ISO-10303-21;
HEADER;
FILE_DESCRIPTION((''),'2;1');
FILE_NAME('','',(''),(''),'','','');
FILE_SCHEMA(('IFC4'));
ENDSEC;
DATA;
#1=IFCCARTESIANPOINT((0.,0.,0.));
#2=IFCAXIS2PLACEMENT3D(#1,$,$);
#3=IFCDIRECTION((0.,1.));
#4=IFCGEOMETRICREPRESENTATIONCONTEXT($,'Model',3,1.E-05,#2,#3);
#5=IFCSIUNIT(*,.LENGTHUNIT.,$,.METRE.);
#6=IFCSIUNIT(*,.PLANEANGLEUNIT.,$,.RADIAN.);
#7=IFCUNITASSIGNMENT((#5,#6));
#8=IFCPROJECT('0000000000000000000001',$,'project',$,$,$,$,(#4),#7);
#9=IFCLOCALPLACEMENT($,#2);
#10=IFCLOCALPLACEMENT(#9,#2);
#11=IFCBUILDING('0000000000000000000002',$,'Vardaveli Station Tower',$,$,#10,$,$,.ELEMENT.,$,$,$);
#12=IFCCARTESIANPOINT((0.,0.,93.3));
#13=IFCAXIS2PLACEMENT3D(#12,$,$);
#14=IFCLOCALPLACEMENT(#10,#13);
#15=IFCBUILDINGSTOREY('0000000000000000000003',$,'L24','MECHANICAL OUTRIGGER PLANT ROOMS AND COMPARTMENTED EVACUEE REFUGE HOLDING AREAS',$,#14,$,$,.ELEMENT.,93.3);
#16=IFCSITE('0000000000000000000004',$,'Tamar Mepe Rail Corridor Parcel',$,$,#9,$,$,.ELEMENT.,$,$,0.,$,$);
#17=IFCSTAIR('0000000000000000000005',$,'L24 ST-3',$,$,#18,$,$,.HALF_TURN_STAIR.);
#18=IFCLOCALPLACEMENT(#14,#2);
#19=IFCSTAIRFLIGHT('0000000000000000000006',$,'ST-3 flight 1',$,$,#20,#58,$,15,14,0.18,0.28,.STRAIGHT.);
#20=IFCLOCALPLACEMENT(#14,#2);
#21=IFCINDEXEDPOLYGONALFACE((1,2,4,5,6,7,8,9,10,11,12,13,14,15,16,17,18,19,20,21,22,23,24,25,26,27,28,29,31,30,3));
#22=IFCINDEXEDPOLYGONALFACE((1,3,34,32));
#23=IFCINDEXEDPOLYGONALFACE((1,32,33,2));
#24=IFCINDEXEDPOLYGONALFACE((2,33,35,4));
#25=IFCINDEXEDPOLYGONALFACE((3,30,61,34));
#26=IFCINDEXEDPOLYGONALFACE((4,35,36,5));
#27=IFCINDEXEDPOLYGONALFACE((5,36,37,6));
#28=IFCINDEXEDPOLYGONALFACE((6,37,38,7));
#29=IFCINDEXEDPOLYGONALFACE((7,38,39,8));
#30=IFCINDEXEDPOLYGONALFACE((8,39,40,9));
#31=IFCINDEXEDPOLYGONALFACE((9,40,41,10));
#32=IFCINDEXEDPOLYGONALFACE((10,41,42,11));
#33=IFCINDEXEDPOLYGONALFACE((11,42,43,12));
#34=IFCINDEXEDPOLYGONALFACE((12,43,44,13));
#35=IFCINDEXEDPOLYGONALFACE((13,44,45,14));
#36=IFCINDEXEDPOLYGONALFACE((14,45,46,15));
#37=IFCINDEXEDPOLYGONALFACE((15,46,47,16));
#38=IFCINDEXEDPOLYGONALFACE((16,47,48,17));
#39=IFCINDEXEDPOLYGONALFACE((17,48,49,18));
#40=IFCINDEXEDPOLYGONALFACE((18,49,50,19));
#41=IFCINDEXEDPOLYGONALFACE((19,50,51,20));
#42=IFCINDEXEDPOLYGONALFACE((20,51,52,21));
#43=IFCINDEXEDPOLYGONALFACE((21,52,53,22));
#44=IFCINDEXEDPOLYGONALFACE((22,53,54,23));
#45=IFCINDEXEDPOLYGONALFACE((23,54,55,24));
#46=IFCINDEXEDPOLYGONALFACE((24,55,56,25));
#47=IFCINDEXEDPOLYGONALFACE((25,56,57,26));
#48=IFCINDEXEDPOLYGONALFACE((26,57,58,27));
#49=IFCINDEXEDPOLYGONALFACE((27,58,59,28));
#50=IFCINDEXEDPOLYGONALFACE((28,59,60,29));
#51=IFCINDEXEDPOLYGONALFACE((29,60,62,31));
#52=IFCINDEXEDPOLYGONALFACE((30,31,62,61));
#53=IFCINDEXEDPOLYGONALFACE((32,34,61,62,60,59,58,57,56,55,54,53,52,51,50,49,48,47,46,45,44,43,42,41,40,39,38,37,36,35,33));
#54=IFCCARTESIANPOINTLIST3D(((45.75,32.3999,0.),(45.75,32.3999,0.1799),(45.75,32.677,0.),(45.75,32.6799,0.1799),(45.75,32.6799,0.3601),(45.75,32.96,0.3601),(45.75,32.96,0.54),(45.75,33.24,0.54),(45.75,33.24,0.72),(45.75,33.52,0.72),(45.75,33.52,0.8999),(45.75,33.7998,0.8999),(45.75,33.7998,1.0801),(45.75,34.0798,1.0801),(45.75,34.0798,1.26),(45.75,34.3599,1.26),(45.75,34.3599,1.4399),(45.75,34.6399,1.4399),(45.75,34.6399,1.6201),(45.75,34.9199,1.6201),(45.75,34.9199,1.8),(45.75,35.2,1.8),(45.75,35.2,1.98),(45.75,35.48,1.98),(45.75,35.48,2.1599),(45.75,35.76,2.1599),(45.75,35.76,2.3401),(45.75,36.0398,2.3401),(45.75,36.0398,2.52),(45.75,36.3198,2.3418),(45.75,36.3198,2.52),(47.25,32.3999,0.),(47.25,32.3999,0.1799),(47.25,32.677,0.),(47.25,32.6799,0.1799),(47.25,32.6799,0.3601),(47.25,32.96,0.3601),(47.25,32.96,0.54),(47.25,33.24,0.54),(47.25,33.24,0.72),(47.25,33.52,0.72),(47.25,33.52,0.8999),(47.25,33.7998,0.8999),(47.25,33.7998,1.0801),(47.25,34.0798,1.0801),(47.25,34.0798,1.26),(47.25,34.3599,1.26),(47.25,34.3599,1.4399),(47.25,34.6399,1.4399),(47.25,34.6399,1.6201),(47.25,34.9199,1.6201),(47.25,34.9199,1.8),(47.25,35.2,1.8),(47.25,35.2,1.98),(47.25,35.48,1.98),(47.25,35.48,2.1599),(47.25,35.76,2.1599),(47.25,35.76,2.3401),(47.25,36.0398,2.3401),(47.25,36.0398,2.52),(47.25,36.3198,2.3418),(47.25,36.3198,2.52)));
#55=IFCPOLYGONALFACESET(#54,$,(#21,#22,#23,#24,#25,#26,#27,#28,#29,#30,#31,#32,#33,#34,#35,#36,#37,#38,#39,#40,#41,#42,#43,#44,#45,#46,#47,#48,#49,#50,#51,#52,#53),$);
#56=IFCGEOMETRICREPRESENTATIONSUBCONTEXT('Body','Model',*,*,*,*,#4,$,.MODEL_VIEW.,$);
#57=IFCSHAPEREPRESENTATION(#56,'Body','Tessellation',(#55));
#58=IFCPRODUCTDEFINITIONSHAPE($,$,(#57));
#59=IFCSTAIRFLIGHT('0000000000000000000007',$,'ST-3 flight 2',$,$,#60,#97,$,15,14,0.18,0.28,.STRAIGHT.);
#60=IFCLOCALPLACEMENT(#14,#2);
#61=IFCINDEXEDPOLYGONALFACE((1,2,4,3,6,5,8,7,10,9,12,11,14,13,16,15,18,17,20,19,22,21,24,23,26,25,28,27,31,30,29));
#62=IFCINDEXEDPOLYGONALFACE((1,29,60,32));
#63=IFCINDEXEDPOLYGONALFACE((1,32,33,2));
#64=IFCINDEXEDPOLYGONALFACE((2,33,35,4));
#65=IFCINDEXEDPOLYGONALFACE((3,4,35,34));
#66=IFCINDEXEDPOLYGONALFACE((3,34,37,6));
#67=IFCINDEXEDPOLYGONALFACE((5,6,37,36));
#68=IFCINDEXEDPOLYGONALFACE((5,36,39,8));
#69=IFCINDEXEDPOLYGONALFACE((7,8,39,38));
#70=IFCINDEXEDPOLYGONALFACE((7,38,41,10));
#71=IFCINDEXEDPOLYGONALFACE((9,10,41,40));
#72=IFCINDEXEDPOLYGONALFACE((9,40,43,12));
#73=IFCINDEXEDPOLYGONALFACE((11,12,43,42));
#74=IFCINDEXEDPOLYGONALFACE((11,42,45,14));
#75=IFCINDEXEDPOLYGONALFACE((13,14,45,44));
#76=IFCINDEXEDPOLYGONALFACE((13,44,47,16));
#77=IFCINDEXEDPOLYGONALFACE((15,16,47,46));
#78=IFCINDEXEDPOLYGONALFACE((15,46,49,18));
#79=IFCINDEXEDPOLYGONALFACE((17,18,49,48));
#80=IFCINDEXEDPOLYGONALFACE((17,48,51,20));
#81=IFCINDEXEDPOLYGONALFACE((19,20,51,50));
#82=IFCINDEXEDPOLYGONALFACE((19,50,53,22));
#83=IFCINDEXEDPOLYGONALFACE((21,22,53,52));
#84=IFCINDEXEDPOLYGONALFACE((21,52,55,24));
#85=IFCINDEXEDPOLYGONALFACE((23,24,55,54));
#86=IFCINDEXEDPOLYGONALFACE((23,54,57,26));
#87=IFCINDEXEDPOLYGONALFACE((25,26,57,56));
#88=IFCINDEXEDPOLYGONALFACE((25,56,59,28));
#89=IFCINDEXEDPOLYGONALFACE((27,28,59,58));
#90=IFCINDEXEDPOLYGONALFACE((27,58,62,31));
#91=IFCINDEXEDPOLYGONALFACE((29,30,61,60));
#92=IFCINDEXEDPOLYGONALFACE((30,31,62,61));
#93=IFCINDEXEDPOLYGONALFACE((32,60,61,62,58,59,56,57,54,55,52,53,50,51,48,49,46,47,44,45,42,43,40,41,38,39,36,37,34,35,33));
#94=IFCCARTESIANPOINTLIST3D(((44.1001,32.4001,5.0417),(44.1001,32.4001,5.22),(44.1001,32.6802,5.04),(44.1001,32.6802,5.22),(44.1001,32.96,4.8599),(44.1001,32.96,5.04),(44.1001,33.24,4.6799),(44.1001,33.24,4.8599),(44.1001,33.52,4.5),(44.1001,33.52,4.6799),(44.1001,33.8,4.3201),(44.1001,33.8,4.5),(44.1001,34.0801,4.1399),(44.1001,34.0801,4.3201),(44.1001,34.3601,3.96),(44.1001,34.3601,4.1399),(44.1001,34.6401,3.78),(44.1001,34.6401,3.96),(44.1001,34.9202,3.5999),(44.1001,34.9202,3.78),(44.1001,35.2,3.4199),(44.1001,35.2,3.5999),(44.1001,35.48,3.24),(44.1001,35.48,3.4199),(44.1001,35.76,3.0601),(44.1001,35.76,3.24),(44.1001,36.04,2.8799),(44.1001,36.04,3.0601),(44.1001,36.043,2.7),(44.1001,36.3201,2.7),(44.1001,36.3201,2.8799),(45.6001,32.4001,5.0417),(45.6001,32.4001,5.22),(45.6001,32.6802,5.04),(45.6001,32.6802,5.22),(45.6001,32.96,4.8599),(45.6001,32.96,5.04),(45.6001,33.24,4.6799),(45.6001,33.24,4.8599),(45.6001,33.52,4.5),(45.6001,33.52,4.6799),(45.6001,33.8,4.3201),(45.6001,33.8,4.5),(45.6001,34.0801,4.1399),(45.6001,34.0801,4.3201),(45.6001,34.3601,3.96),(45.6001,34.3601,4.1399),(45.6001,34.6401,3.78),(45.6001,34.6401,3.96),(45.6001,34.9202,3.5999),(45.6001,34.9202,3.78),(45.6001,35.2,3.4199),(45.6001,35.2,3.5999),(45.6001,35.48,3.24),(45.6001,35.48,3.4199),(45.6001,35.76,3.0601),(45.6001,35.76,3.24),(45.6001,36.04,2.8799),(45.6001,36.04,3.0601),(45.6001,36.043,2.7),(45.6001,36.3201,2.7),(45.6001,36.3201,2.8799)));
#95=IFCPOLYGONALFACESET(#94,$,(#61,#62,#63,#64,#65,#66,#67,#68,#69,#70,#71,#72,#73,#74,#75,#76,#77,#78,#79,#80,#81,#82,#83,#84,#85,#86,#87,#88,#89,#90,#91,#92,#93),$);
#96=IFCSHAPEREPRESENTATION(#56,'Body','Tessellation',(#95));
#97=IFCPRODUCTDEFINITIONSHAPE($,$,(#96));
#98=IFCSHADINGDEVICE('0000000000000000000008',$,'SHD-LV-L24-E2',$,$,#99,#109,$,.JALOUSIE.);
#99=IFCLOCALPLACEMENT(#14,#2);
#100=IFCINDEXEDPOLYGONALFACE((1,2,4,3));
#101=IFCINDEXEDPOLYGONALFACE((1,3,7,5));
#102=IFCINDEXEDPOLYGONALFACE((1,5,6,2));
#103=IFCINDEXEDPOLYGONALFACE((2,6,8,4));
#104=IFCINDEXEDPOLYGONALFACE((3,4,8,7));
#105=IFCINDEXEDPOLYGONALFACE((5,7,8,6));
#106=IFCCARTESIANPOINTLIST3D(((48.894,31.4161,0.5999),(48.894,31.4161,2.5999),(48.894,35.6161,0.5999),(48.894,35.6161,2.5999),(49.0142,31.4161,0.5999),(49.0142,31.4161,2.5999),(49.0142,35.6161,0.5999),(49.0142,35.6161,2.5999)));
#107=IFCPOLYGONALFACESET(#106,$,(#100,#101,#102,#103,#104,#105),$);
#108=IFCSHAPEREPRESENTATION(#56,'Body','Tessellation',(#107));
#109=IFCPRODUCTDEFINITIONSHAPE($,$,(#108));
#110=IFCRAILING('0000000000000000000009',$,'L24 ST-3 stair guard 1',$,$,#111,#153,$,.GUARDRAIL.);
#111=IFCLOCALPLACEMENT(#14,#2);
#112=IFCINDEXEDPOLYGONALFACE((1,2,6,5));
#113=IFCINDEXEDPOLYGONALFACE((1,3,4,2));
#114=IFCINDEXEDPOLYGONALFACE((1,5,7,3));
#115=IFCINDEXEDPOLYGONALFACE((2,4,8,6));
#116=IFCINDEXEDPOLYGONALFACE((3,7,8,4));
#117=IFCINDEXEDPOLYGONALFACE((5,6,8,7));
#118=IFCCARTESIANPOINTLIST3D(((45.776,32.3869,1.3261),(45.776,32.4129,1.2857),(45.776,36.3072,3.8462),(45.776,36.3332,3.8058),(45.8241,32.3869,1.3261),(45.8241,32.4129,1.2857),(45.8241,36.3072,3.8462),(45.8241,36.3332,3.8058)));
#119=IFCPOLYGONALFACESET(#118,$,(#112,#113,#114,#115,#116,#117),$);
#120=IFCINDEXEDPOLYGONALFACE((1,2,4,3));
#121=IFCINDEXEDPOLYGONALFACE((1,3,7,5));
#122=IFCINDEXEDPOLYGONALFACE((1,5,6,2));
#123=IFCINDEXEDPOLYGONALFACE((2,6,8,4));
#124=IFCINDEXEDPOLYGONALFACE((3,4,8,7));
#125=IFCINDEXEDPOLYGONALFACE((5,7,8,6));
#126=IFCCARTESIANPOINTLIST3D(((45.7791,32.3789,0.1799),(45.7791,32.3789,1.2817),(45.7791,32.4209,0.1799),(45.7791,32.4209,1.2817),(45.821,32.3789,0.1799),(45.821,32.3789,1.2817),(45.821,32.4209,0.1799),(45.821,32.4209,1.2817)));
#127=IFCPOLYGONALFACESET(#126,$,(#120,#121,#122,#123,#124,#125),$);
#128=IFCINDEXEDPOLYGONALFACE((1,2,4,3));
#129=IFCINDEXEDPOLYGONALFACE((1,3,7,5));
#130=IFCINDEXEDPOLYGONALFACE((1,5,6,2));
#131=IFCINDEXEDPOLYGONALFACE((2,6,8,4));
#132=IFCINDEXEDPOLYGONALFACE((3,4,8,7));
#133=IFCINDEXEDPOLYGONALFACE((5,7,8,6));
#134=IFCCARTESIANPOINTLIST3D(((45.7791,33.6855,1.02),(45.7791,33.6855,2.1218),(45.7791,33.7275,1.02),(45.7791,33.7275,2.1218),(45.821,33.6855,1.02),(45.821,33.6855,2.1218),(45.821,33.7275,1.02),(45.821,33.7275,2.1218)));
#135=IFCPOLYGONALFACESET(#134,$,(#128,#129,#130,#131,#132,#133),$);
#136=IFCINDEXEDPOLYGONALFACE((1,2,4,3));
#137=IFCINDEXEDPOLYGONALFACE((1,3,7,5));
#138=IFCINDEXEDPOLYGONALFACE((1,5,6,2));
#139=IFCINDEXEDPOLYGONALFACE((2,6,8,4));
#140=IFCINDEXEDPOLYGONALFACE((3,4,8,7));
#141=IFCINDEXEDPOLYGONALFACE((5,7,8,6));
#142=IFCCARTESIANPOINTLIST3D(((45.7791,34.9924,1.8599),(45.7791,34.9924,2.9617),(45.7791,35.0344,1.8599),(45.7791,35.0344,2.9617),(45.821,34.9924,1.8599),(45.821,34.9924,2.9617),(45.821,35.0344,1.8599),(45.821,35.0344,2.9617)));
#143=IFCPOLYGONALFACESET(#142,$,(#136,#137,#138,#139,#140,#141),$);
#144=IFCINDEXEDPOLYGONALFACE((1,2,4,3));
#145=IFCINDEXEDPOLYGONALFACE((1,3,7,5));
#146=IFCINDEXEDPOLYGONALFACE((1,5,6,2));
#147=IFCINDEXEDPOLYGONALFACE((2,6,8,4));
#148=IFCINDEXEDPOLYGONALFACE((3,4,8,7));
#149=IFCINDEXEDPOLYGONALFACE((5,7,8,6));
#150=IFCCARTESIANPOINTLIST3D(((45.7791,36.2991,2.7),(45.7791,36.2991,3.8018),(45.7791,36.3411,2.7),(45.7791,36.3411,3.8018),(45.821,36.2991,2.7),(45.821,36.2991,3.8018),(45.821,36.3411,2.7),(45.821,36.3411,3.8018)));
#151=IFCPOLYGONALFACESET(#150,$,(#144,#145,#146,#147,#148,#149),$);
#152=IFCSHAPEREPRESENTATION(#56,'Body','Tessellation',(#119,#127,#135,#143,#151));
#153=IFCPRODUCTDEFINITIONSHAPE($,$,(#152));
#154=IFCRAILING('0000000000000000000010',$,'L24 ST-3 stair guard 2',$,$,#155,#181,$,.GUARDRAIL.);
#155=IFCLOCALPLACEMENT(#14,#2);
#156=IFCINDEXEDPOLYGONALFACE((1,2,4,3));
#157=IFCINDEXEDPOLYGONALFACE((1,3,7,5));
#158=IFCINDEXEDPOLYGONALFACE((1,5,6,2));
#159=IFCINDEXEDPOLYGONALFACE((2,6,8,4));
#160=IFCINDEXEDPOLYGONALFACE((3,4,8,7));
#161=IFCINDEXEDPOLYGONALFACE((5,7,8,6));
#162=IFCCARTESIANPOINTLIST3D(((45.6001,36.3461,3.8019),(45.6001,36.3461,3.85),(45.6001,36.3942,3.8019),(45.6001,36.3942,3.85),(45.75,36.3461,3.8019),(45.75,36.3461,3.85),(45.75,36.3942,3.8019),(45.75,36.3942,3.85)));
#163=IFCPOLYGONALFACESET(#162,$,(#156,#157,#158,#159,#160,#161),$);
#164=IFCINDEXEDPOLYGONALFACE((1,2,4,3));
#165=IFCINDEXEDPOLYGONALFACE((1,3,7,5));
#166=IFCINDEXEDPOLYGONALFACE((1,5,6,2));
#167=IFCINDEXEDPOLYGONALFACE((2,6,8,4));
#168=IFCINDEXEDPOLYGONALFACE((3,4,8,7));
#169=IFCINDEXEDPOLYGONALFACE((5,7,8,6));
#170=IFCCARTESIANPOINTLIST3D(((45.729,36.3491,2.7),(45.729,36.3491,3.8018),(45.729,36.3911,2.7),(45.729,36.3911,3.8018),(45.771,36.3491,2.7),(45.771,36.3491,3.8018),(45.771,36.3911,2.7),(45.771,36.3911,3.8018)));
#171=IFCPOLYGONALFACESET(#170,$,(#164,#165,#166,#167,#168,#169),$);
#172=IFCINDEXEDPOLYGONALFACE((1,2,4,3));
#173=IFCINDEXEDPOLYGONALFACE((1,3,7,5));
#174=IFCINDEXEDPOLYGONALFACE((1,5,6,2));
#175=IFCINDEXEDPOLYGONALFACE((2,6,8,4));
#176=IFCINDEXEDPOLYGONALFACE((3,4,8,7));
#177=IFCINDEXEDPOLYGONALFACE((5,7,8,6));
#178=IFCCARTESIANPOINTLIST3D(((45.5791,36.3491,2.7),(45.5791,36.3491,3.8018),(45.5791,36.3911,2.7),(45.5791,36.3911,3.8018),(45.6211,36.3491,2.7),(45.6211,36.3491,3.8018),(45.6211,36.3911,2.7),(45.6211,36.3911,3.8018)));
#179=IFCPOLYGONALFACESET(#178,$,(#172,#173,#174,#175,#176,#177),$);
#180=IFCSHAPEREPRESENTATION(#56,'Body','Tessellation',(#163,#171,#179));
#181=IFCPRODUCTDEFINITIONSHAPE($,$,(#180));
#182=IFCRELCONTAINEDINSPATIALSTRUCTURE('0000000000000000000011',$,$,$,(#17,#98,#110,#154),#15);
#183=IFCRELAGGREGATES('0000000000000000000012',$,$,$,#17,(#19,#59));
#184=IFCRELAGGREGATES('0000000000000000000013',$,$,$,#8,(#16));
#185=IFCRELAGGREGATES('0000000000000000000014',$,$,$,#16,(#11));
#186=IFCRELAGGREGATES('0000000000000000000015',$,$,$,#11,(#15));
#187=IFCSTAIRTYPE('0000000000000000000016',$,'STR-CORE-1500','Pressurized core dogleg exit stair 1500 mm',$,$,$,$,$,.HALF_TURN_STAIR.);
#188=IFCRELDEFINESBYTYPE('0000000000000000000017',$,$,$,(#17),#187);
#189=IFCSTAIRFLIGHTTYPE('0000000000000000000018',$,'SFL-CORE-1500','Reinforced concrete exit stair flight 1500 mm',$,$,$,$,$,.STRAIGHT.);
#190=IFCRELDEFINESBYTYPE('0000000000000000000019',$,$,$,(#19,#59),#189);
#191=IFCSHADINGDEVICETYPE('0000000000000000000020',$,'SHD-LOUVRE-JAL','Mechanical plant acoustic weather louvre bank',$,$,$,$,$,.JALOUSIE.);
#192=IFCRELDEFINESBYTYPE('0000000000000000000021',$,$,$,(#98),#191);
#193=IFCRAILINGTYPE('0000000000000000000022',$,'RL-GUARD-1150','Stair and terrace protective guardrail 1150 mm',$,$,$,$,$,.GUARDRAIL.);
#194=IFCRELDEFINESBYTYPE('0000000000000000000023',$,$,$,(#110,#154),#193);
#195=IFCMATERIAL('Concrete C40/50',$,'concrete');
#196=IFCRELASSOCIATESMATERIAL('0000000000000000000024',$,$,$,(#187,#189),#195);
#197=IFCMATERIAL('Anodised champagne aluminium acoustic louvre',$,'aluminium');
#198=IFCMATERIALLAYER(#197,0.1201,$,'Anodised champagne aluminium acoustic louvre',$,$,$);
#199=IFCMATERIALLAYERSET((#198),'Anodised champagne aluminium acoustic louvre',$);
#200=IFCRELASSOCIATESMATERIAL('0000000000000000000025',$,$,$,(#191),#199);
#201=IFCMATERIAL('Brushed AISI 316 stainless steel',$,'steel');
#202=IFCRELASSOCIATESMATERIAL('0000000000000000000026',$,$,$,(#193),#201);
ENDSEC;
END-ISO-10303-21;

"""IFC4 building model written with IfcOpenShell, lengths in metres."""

from ifc_helpers import new_model, si_unit, direction, frame, origin, origin_2d, place, context, subcontext, project, spatial, polyline, rectangle, outline, extrude, source, transform, mapped, material, layer, layer_set, type_object, element, aggregate, save


model = new_model("IFC4")

# Units and contexts
model_context = context("Model", 3, precision=1e-05, world=origin(), true_north=direction((0.0, 1.0)))
body_context = subcontext(model_context, "Body", "Model", "MODEL_VIEW")
ifc_project = project(units=[si_unit("LENGTHUNIT", "METRE"), si_unit("PLANEANGLEUNIT", "RADIAN")], contexts=[model_context])

# Site, building, storey
site_placement = place(None, origin())
site = spatial("IfcSite", under=ifc_project, at=site_placement, Name="Tamar Mepe Rail Corridor Parcel", CompositionType="ELEMENT", RefElevation=0.0)
building_placement = place(site_placement, origin())
building = spatial("IfcBuilding", under=site, at=building_placement, Name="Vardaveli Station Tower", CompositionType="ELEMENT")
storey_placement = place(building_placement, frame((0.0, 0.0, 93.3)))
storey = spatial("IfcBuildingStorey", under=building, at=storey_placement, Name="L24", Description="MECHANICAL OUTRIGGER PLANT ROOMS AND COMPARTMENTED EVACUEE REFUGE HOLDING AREAS", CompositionType="ELEMENT", Elevation=93.3)

# Shared definitions
ifc_material_1 = material(Name="Concrete C40/50", Category="concrete")

# Stair, stair flights
stair_type = type_object("IfcStairType", Name="STR-CORE-1500", Description="Pressurized core dogleg exit stair 1500 mm", PredefinedType="HALF_TURN_STAIR", material=ifc_material_1)
stair_placement = place(storey_placement, origin())
stair = element("IfcStair", 1, at=stair_placement, inside=storey, type_object=stair_type, Name="L24 ST-3", PredefinedType="HALF_TURN_STAIR")
stair_flight_type = type_object("IfcStairFlightType", Name="SFL-CORE-1500", Description="Reinforced concrete exit stair flight 1500 mm", PredefinedType="STRAIGHT", material=ifc_material_1)
shared_shape_1 = source(origin(), body_context, "Body", "SweptSolid", [
    extrude(outline(polyline([(0.0, 0.0), (0.0, 0.1799), (0.28, 0.1799), (0.28, 0.3601), (0.5601, 0.3601), (0.5601, 0.54), (0.8401, 0.54), (0.8401, 0.72), (1.1201, 0.72), (1.1201, 0.8999), (1.3999, 0.8999), (1.3999, 1.0801), (1.6799, 1.0801), (1.6799, 1.26), (1.96, 1.26), (1.96, 1.4399), (2.24, 1.4399), (2.24, 1.6201), (2.52, 1.6201), (2.52, 1.8), (2.8, 1.8), (2.8, 1.98), (3.0801, 1.98), (3.0801, 2.1599), (3.3601, 2.1599), (3.3601, 2.3401), (3.6399, 2.3401), (3.6399, 2.52), (3.9199, 2.52), (3.9199, 2.7), (3.9199, 2.3418), (0.2771, 0.0), (0.0, 0.0)])), frame((0.0, 0.75, 0.0), z_axis=(0.0, -1.0, 0.0), x_axis=(1.0, 0.0, 0.0)), (0.0, 0.0, 1.0), 1.5),
])
stair_flight_1_placement = place(storey_placement, frame((46.5, 32.3999, 0.0), z_axis=(0.0, 0.0, 1.0), x_axis=(0.0, 1.0, 0.0)))
stair_flight_1 = element("IfcStairFlight", 2, at=stair_flight_1_placement, type_object=stair_flight_type, Name="ST-3 flight 1", NumberOfRisers=15, NumberOfTreads=14, PredefinedType="STRAIGHT", RiserHeight=0.18, TreadLength=0.28, context=body_context, shape_type="MappedRepresentation", body=[
    mapped(shared_shape_1, transform((0.0, 0.0, 0.0), scale=1.0)),
])
stair_flight_2_placement = place(storey_placement, frame((44.8501, 36.3201, 2.7), z_axis=(0.0, 0.0, 1.0), x_axis=(0.0, -1.0, 0.0)))
stair_flight_2 = element("IfcStairFlight", 3, at=stair_flight_2_placement, type_object=stair_flight_type, Name="ST-3 flight 2", NumberOfRisers=15, NumberOfTreads=14, PredefinedType="STRAIGHT", RiserHeight=0.18, TreadLength=0.28, context=body_context, shape_type="MappedRepresentation", body=[
    mapped(shared_shape_1, transform((0.0, 0.0, 0.0), scale=1.0)),
])
aggregate(stair, [stair_flight_1, stair_flight_2])

# Shading device
ifc_material_2 = material(Name="Anodised champagne aluminium acoustic louvre", Category="aluminium")
ifc_layer_1 = layer(ifc_material_2, 0.1201, Name="Anodised champagne aluminium acoustic louvre")
ifc_layer_set_1 = layer_set([ifc_layer_1], Name="Anodised champagne aluminium acoustic louvre")
shading_device_type = type_object("IfcShadingDeviceType", Name="SHD-LOUVRE-JAL", Description="Mechanical plant acoustic weather louvre bank", PredefinedType="JALOUSIE", material=ifc_layer_set_1)
shared_shape_2 = source(origin(), body_context, "Body", "SweptSolid", [
    extrude(rectangle(XDim=4.2, YDim=0.1201, at=origin_2d()), origin(), (0.0, 0.0, 1.0), 2.0),
])
shading_device_placement = place(storey_placement, frame((48.9541, 33.5161, 0.5999), z_axis=(0.0, 0.0, 1.0), x_axis=(0.0, 1.0, 0.0)))
element("IfcShadingDevice", 4, at=shading_device_placement, inside=storey, type_object=shading_device_type, Name="SHD-LV-L24-E2", PredefinedType="JALOUSIE", context=body_context, shape_type="MappedRepresentation", body=[
    mapped(shared_shape_2, transform((0.0, 0.0, 0.0), scale=1.0)),
])

# Railings
ifc_material_3 = material(Name="Brushed AISI 316 stainless steel", Category="steel")
railing_type_1 = type_object("IfcRailingType", Name="RL-GUARD-1150", Description="Stair and terrace protective guardrail 1150 mm", PredefinedType="GUARDRAIL", material=ifc_material_3)
shared_shape_3 = source(origin(), body_context, "Body", "SweptSolid", [
    extrude(rectangle(XDim=0.0481, YDim=0.0481, at=origin_2d()), frame((0.0, 0.0, 1.126), z_axis=(0.0, 0.841187, 0.540744), x_axis=(-1.0, 0.0, 0.0)), (0.0, 0.0, 1.0), 4.6604),
    extrude(rectangle(XDim=0.042, YDim=0.042, at=origin_2d()), origin(), (0.0, 0.0, 1.0), 1.1018),
    extrude(rectangle(XDim=0.042, YDim=0.042, at=origin_2d()), frame((0.0, 1.3066, 0.8401)), (0.0, 0.0, 1.0), 1.1018),
    extrude(rectangle(XDim=0.042, YDim=0.042, at=origin_2d()), frame((0.0, 2.6135, 1.6799)), (0.0, 0.0, 1.0), 1.1018),
    extrude(rectangle(XDim=0.042, YDim=0.042, at=origin_2d()), frame((0.0, 3.9202, 2.52)), (0.0, 0.0, 1.0), 1.1018),
])
railing_1_placement = place(storey_placement, frame((45.8, 32.3999, 0.1799)))
element("IfcRailing", 5, at=railing_1_placement, inside=storey, type_object=railing_type_1, Name="L24 ST-3 stair guard 1", PredefinedType="GUARDRAIL", context=body_context, shape_type="MappedRepresentation", body=[
    mapped(shared_shape_3, transform((0.0, 0.0, 0.0), scale=1.0)),
])
shared_shape_4 = source(origin(), body_context, "Body", "SweptSolid", [
    extrude(rectangle(XDim=0.0481, YDim=0.0481, at=origin_2d()), frame((0.0, 0.0, 1.126), z_axis=(-1.0, 0.0, 0.0), x_axis=(0.0, -1.0, 0.0)), (0.0, 0.0, 1.0), 0.1499),
    extrude(rectangle(XDim=0.042, YDim=0.042, at=origin_2d()), origin(), (0.0, 0.0, 1.0), 1.1018),
    extrude(rectangle(XDim=0.042, YDim=0.042, at=origin_2d()), frame((-0.1499, 0.0, 0.0)), (0.0, 0.0, 1.0), 1.1018),
])
for number, where, name in (
    (6, (45.75, 36.3701, 2.7), "L24 ST-3 stair guard 2"),
):
    element("IfcRailing", number, at=place(storey_placement, frame(where)), inside=storey, type_object=railing_type_1, Name=name, PredefinedType="GUARDRAIL", context=body_context, shape_type="MappedRepresentation", body=[
        mapped(shared_shape_4, transform((0.0, 0.0, 0.0), scale=1.0)),
    ])

save(model, "model.ifc")
